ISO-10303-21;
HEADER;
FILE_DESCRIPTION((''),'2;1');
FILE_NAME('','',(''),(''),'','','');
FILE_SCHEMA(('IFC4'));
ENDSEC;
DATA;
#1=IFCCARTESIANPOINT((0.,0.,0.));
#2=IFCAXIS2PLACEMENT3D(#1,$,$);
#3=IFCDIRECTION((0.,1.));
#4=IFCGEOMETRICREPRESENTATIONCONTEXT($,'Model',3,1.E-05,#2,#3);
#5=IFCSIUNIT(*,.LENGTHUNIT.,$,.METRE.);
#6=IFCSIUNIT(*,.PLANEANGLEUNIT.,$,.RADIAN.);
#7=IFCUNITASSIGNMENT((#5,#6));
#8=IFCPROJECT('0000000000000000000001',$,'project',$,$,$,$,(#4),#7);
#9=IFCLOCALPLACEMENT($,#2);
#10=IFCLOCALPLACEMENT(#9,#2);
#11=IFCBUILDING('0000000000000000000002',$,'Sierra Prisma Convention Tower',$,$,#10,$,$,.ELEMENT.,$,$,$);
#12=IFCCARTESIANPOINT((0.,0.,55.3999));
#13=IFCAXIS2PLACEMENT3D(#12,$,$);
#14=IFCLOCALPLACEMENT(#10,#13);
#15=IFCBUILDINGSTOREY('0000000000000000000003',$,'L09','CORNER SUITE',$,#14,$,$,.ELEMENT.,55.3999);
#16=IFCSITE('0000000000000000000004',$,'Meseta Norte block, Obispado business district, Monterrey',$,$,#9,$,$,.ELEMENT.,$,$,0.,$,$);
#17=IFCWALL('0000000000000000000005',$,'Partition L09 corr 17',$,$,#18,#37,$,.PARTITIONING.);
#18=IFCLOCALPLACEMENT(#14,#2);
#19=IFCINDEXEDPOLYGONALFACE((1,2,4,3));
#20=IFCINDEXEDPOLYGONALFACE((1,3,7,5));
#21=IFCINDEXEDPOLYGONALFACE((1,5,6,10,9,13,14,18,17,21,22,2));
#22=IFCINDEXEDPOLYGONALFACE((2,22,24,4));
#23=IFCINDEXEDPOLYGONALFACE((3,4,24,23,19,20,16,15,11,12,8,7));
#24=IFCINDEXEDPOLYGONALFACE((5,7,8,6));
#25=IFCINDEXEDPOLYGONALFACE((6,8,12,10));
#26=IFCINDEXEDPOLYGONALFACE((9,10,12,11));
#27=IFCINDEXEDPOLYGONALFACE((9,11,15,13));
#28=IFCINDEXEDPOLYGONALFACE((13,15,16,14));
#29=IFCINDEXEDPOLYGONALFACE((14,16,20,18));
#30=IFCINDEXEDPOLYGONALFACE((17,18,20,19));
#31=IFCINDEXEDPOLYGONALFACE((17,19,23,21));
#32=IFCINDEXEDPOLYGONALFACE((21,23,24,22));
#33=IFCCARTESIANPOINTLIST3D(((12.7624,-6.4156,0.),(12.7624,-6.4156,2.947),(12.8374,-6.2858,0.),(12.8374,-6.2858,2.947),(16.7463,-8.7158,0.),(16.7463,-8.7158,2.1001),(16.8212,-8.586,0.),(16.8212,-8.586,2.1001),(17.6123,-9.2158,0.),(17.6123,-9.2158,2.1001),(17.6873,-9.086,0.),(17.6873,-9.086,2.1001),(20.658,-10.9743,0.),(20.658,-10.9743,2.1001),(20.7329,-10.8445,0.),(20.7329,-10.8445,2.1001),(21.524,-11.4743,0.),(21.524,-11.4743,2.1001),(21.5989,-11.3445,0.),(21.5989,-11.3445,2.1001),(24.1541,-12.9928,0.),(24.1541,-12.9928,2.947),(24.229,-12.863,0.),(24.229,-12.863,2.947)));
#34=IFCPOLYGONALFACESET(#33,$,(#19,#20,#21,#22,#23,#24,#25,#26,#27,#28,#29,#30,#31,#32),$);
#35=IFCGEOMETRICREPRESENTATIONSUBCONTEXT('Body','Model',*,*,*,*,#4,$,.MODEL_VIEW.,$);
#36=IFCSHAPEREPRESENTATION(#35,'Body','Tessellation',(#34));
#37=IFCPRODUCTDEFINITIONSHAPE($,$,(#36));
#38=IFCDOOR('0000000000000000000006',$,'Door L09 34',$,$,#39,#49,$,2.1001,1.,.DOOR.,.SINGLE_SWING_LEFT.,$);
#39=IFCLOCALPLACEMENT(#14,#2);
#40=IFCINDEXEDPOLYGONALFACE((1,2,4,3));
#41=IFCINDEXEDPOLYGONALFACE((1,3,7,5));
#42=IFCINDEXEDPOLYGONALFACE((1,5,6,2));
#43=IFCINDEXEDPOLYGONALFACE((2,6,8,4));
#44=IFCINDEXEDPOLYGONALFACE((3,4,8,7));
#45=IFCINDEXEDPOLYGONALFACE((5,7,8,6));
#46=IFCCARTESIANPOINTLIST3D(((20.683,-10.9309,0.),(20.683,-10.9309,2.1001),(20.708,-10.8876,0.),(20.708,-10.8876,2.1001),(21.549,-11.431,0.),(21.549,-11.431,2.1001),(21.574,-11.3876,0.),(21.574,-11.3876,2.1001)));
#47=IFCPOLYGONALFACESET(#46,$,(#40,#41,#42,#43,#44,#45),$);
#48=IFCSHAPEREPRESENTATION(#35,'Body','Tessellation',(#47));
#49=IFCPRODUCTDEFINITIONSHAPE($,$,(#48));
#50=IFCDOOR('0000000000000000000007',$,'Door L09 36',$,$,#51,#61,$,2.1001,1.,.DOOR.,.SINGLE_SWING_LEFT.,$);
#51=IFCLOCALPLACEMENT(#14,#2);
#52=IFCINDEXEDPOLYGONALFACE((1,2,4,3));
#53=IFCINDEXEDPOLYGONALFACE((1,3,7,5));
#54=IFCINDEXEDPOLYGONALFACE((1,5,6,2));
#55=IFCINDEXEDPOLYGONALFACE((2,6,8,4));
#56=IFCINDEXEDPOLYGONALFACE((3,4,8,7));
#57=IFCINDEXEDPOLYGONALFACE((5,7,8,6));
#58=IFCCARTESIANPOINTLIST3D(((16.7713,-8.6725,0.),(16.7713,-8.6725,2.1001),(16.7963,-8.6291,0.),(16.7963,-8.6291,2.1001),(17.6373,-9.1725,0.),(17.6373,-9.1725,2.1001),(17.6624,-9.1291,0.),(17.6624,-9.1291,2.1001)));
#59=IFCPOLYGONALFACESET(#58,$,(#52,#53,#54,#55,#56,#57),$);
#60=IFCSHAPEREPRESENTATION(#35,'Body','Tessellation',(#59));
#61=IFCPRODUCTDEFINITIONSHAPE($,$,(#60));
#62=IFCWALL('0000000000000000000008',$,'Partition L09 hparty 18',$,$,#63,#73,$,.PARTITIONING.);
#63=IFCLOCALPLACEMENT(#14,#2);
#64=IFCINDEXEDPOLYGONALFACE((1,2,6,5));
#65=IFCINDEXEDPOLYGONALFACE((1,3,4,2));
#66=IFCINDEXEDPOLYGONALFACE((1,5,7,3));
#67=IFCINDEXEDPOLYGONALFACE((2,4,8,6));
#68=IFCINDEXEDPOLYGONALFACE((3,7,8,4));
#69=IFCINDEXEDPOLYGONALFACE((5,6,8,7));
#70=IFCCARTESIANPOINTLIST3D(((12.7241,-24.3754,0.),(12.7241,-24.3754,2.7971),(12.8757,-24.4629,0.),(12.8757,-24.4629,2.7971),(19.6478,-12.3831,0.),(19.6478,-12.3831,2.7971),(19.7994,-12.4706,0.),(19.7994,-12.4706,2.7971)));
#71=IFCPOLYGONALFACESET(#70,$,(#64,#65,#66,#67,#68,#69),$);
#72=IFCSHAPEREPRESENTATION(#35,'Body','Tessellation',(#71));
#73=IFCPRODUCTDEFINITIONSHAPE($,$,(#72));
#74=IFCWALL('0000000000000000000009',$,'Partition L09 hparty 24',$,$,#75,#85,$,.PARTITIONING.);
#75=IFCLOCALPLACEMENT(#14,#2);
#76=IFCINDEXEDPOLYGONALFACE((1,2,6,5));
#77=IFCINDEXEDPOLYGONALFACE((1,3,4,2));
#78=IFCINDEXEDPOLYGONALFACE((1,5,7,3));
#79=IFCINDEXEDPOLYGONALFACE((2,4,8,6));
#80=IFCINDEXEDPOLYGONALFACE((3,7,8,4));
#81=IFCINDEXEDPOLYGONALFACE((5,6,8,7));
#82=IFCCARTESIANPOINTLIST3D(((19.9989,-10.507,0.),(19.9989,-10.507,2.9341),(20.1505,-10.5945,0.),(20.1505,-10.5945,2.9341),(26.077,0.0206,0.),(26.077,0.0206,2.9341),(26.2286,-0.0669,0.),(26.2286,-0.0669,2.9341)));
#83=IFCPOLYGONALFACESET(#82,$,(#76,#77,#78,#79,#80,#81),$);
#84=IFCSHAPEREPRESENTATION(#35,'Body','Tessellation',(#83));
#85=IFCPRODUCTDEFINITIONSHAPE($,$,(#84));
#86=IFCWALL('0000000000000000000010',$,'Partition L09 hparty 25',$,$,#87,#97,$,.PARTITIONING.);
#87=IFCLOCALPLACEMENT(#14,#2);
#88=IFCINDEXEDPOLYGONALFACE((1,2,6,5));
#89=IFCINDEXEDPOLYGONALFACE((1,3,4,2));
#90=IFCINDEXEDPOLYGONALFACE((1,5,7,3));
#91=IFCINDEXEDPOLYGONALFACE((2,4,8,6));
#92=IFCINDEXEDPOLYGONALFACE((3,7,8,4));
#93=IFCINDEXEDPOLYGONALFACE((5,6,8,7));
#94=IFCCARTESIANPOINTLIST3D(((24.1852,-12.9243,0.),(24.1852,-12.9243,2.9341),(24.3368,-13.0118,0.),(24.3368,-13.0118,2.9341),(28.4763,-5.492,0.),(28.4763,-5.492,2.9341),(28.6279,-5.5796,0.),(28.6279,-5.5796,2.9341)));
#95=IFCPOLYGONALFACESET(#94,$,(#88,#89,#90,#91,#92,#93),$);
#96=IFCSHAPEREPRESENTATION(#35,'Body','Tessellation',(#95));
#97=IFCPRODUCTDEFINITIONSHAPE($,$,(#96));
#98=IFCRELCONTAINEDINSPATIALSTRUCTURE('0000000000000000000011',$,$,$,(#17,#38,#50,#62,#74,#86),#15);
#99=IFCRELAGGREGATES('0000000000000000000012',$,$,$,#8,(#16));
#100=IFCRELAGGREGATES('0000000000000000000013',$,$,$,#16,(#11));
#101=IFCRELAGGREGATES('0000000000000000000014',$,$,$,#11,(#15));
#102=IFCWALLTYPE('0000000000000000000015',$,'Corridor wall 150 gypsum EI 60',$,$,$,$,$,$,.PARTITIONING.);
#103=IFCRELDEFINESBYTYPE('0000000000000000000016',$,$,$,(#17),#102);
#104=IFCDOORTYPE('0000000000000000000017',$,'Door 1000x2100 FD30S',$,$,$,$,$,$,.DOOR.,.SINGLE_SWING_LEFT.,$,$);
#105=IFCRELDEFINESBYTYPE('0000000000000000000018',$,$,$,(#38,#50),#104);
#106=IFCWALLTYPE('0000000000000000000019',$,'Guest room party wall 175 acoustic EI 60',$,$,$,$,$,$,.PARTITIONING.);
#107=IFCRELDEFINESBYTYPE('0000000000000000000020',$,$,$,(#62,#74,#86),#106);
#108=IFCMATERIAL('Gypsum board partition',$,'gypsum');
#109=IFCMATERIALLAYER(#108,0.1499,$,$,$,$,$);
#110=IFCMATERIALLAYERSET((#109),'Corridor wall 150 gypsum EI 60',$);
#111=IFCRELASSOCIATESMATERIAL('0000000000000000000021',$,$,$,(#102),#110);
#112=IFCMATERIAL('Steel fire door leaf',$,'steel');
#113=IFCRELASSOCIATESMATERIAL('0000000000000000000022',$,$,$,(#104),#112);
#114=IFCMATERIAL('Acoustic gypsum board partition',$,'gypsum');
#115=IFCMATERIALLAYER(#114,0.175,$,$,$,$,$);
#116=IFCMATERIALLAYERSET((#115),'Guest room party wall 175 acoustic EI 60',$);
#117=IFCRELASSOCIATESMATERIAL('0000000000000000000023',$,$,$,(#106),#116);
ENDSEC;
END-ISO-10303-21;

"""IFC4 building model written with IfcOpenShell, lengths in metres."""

from ifc_helpers import new_model, si_unit, direction, frame, frame_2d, origin, place, context, subcontext, project, spatial, rectangle, extrude, material, layer, layer_set, type_object, element, fill, save


model = new_model("IFC4")

# Units and contexts
model_context = context("Model", 3, precision=1e-05, world=origin(), true_north=direction((0.0, 1.0)))
body_context = subcontext(model_context, "Body", "Model", "MODEL_VIEW")
ifc_project = project(units=[si_unit("LENGTHUNIT", "METRE"), si_unit("PLANEANGLEUNIT", "RADIAN")], contexts=[model_context])

# Site, building, storey
site_placement = place(None, origin())
site = spatial("IfcSite", under=ifc_project, at=site_placement, Name="Meseta Norte block, Obispado business district, Monterrey", CompositionType="ELEMENT", RefElevation=0.0)
building_placement = place(site_placement, origin())
building = spatial("IfcBuilding", under=site, at=building_placement, Name="Sierra Prisma Convention Tower", CompositionType="ELEMENT")
storey_placement = place(building_placement, frame((0.0, 0.0, 55.3999)))
storey = spatial("IfcBuildingStorey", under=building, at=storey_placement, Name="L09", Description="CORNER SUITE", CompositionType="ELEMENT", Elevation=55.3999)

# Shared definitions
ifc_material_1 = material(Name="Gypsum board partition", Category="gypsum")
ifc_layer_1 = layer(ifc_material_1, 0.1499)
ifc_layer_set_1 = layer_set([ifc_layer_1], Name="Corridor wall 150 gypsum EI 60")
wall_type_1 = type_object("IfcWallType", Name="Corridor wall 150 gypsum EI 60", PredefinedType="PARTITIONING", material=ifc_layer_set_1)

# Wall, openings, doors
wall_1_placement = place(storey_placement, frame((24.1917, -12.928, 0.0), z_axis=(0.0, 0.0, 1.0), x_axis=(-0.866019, 0.500012, 0.0)))
wall_1 = element("IfcWall", 1, at=wall_1_placement, inside=storey, type_object=wall_type_1, Name="Partition L09 corr 17", PredefinedType="PARTITIONING", context=body_context, shape_type="SweptSolid", body=[
    extrude(rectangle(XDim=13.1541, YDim=0.1499, at=frame_2d((6.5771, 0.0))), origin(), (0.0, 0.0, 1.0), 2.947),
])
opening_1_placement = place(wall_1_placement, frame((3.0371, 0.0, 0.0)))
opening_1 = element("IfcOpeningElement", 2, at=opening_1_placement, cuts=wall_1, PredefinedType="OPENING", context=body_context, shape_type="SweptSolid", body=[
    extrude(rectangle(XDim=1.0, YDim=2.1001, at=frame_2d((0.5, 1.05))), frame((0.0, 0.075, 0.0), z_axis=(0.0, -1.0, 0.0), x_axis=(1.0, 0.0, 0.0)), (0.0, 0.0, 1.0), 0.1499),
])
opening_2_placement = place(wall_1_placement, frame((7.554, 0.0, 0.0)))
opening_2 = element("IfcOpeningElement", 3, at=opening_2_placement, cuts=wall_1, PredefinedType="OPENING", context=body_context, shape_type="SweptSolid", body=[
    extrude(rectangle(XDim=1.0, YDim=2.1001, at=frame_2d((0.5, 1.05))), frame((0.0, 0.075, 0.0), z_axis=(0.0, -1.0, 0.0), x_axis=(1.0, 0.0, 0.0)), (0.0, 0.0, 1.0), 0.1499),
])
ifc_material_2 = material(Name="Steel fire door leaf", Category="steel")
door_type_1 = type_object("IfcDoorType", Name="Door 1000x2100 FD30S", OperationType="SINGLE_SWING_LEFT", PredefinedType="DOOR", material=ifc_material_2)
door_1_placement = place(opening_1_placement, origin())
door_1 = element("IfcDoor", 4, at=door_1_placement, inside=storey, type_object=door_type_1, Name="Door L09 34", OperationType="SINGLE_SWING_LEFT", OverallHeight=2.1001, OverallWidth=1.0, PredefinedType="DOOR", context=body_context, shape_type="SweptSolid", body=[
    extrude(rectangle(XDim=1.0, YDim=2.1001, at=frame_2d((0.5, 1.05))), frame((0.0, 0.0249, 0.0), z_axis=(0.0, -1.0, 0.0), x_axis=(1.0, 0.0, 0.0)), (0.0, 0.0, 1.0), 0.05),
])
fill(opening_1, door_1)
door_2_placement = place(opening_2_placement, origin())
door_2 = element("IfcDoor", 5, at=door_2_placement, inside=storey, type_object=door_type_1, Name="Door L09 36", OperationType="SINGLE_SWING_LEFT", OverallHeight=2.1001, OverallWidth=1.0, PredefinedType="DOOR", context=body_context, shape_type="SweptSolid", body=[
    extrude(rectangle(XDim=1.0, YDim=2.1001, at=frame_2d((0.5, 1.05))), frame((0.0, 0.0249, 0.0), z_axis=(0.0, -1.0, 0.0), x_axis=(1.0, 0.0, 0.0)), (0.0, 0.0, 1.0), 0.05),
])
fill(opening_2, door_2)

# Walls
ifc_material_3 = material(Name="Acoustic gypsum board partition", Category="gypsum")
ifc_layer_2 = layer(ifc_material_3, 0.175)
ifc_layer_set_2 = layer_set([ifc_layer_2], Name="Guest room party wall 175 acoustic EI 60")
wall_type_2 = type_object("IfcWallType", Name="Guest room party wall 175 acoustic EI 60", PredefinedType="PARTITIONING", material=ifc_layer_set_2)
wall_2_placement = place(storey_placement, frame((19.7236, -12.4268, 0.0), z_axis=(0.0, 0.0, 1.0), x_axis=(-0.499994, -0.866029, 0.0)))
element("IfcWall", 6, at=wall_2_placement, inside=storey, type_object=wall_type_2, Name="Partition L09 hparty 18", PredefinedType="PARTITIONING", context=body_context, shape_type="SweptSolid", body=[
    extrude(rectangle(XDim=13.8474, YDim=0.175, at=frame_2d((6.9238, 0.0))), origin(), (0.0, 0.0, 1.0), 2.7971),
])
wall_3_placement = place(storey_placement, frame((20.0747, -10.5508, 0.0), z_axis=(0.0, 0.0, 1.0), x_axis=(0.500001, 0.866025, 0.0)))
element("IfcWall", 7, at=wall_3_placement, inside=storey, type_object=wall_type_2, Name="Partition L09 hparty 24", PredefinedType="PARTITIONING", context=body_context, shape_type="SweptSolid", body=[
    extrude(rectangle(XDim=12.1562, YDim=0.175, at=frame_2d((6.0781, 0.0))), origin(), (0.0, 0.0, 1.0), 2.9341),
])
wall_4_placement = place(storey_placement, frame((24.261, -12.968, 0.0), z_axis=(0.0, 0.0, 1.0), x_axis=(0.500006, 0.866022, 0.0)))
element("IfcWall", 8, at=wall_4_placement, inside=storey, type_object=wall_type_2, Name="Partition L09 hparty 25", PredefinedType="PARTITIONING", context=body_context, shape_type="SweptSolid", body=[
    extrude(rectangle(XDim=8.582, YDim=0.175, at=frame_2d((4.291, 0.0))), origin(), (0.0, 0.0, 1.0), 2.9341),
])

save(model, "model.ifc")
